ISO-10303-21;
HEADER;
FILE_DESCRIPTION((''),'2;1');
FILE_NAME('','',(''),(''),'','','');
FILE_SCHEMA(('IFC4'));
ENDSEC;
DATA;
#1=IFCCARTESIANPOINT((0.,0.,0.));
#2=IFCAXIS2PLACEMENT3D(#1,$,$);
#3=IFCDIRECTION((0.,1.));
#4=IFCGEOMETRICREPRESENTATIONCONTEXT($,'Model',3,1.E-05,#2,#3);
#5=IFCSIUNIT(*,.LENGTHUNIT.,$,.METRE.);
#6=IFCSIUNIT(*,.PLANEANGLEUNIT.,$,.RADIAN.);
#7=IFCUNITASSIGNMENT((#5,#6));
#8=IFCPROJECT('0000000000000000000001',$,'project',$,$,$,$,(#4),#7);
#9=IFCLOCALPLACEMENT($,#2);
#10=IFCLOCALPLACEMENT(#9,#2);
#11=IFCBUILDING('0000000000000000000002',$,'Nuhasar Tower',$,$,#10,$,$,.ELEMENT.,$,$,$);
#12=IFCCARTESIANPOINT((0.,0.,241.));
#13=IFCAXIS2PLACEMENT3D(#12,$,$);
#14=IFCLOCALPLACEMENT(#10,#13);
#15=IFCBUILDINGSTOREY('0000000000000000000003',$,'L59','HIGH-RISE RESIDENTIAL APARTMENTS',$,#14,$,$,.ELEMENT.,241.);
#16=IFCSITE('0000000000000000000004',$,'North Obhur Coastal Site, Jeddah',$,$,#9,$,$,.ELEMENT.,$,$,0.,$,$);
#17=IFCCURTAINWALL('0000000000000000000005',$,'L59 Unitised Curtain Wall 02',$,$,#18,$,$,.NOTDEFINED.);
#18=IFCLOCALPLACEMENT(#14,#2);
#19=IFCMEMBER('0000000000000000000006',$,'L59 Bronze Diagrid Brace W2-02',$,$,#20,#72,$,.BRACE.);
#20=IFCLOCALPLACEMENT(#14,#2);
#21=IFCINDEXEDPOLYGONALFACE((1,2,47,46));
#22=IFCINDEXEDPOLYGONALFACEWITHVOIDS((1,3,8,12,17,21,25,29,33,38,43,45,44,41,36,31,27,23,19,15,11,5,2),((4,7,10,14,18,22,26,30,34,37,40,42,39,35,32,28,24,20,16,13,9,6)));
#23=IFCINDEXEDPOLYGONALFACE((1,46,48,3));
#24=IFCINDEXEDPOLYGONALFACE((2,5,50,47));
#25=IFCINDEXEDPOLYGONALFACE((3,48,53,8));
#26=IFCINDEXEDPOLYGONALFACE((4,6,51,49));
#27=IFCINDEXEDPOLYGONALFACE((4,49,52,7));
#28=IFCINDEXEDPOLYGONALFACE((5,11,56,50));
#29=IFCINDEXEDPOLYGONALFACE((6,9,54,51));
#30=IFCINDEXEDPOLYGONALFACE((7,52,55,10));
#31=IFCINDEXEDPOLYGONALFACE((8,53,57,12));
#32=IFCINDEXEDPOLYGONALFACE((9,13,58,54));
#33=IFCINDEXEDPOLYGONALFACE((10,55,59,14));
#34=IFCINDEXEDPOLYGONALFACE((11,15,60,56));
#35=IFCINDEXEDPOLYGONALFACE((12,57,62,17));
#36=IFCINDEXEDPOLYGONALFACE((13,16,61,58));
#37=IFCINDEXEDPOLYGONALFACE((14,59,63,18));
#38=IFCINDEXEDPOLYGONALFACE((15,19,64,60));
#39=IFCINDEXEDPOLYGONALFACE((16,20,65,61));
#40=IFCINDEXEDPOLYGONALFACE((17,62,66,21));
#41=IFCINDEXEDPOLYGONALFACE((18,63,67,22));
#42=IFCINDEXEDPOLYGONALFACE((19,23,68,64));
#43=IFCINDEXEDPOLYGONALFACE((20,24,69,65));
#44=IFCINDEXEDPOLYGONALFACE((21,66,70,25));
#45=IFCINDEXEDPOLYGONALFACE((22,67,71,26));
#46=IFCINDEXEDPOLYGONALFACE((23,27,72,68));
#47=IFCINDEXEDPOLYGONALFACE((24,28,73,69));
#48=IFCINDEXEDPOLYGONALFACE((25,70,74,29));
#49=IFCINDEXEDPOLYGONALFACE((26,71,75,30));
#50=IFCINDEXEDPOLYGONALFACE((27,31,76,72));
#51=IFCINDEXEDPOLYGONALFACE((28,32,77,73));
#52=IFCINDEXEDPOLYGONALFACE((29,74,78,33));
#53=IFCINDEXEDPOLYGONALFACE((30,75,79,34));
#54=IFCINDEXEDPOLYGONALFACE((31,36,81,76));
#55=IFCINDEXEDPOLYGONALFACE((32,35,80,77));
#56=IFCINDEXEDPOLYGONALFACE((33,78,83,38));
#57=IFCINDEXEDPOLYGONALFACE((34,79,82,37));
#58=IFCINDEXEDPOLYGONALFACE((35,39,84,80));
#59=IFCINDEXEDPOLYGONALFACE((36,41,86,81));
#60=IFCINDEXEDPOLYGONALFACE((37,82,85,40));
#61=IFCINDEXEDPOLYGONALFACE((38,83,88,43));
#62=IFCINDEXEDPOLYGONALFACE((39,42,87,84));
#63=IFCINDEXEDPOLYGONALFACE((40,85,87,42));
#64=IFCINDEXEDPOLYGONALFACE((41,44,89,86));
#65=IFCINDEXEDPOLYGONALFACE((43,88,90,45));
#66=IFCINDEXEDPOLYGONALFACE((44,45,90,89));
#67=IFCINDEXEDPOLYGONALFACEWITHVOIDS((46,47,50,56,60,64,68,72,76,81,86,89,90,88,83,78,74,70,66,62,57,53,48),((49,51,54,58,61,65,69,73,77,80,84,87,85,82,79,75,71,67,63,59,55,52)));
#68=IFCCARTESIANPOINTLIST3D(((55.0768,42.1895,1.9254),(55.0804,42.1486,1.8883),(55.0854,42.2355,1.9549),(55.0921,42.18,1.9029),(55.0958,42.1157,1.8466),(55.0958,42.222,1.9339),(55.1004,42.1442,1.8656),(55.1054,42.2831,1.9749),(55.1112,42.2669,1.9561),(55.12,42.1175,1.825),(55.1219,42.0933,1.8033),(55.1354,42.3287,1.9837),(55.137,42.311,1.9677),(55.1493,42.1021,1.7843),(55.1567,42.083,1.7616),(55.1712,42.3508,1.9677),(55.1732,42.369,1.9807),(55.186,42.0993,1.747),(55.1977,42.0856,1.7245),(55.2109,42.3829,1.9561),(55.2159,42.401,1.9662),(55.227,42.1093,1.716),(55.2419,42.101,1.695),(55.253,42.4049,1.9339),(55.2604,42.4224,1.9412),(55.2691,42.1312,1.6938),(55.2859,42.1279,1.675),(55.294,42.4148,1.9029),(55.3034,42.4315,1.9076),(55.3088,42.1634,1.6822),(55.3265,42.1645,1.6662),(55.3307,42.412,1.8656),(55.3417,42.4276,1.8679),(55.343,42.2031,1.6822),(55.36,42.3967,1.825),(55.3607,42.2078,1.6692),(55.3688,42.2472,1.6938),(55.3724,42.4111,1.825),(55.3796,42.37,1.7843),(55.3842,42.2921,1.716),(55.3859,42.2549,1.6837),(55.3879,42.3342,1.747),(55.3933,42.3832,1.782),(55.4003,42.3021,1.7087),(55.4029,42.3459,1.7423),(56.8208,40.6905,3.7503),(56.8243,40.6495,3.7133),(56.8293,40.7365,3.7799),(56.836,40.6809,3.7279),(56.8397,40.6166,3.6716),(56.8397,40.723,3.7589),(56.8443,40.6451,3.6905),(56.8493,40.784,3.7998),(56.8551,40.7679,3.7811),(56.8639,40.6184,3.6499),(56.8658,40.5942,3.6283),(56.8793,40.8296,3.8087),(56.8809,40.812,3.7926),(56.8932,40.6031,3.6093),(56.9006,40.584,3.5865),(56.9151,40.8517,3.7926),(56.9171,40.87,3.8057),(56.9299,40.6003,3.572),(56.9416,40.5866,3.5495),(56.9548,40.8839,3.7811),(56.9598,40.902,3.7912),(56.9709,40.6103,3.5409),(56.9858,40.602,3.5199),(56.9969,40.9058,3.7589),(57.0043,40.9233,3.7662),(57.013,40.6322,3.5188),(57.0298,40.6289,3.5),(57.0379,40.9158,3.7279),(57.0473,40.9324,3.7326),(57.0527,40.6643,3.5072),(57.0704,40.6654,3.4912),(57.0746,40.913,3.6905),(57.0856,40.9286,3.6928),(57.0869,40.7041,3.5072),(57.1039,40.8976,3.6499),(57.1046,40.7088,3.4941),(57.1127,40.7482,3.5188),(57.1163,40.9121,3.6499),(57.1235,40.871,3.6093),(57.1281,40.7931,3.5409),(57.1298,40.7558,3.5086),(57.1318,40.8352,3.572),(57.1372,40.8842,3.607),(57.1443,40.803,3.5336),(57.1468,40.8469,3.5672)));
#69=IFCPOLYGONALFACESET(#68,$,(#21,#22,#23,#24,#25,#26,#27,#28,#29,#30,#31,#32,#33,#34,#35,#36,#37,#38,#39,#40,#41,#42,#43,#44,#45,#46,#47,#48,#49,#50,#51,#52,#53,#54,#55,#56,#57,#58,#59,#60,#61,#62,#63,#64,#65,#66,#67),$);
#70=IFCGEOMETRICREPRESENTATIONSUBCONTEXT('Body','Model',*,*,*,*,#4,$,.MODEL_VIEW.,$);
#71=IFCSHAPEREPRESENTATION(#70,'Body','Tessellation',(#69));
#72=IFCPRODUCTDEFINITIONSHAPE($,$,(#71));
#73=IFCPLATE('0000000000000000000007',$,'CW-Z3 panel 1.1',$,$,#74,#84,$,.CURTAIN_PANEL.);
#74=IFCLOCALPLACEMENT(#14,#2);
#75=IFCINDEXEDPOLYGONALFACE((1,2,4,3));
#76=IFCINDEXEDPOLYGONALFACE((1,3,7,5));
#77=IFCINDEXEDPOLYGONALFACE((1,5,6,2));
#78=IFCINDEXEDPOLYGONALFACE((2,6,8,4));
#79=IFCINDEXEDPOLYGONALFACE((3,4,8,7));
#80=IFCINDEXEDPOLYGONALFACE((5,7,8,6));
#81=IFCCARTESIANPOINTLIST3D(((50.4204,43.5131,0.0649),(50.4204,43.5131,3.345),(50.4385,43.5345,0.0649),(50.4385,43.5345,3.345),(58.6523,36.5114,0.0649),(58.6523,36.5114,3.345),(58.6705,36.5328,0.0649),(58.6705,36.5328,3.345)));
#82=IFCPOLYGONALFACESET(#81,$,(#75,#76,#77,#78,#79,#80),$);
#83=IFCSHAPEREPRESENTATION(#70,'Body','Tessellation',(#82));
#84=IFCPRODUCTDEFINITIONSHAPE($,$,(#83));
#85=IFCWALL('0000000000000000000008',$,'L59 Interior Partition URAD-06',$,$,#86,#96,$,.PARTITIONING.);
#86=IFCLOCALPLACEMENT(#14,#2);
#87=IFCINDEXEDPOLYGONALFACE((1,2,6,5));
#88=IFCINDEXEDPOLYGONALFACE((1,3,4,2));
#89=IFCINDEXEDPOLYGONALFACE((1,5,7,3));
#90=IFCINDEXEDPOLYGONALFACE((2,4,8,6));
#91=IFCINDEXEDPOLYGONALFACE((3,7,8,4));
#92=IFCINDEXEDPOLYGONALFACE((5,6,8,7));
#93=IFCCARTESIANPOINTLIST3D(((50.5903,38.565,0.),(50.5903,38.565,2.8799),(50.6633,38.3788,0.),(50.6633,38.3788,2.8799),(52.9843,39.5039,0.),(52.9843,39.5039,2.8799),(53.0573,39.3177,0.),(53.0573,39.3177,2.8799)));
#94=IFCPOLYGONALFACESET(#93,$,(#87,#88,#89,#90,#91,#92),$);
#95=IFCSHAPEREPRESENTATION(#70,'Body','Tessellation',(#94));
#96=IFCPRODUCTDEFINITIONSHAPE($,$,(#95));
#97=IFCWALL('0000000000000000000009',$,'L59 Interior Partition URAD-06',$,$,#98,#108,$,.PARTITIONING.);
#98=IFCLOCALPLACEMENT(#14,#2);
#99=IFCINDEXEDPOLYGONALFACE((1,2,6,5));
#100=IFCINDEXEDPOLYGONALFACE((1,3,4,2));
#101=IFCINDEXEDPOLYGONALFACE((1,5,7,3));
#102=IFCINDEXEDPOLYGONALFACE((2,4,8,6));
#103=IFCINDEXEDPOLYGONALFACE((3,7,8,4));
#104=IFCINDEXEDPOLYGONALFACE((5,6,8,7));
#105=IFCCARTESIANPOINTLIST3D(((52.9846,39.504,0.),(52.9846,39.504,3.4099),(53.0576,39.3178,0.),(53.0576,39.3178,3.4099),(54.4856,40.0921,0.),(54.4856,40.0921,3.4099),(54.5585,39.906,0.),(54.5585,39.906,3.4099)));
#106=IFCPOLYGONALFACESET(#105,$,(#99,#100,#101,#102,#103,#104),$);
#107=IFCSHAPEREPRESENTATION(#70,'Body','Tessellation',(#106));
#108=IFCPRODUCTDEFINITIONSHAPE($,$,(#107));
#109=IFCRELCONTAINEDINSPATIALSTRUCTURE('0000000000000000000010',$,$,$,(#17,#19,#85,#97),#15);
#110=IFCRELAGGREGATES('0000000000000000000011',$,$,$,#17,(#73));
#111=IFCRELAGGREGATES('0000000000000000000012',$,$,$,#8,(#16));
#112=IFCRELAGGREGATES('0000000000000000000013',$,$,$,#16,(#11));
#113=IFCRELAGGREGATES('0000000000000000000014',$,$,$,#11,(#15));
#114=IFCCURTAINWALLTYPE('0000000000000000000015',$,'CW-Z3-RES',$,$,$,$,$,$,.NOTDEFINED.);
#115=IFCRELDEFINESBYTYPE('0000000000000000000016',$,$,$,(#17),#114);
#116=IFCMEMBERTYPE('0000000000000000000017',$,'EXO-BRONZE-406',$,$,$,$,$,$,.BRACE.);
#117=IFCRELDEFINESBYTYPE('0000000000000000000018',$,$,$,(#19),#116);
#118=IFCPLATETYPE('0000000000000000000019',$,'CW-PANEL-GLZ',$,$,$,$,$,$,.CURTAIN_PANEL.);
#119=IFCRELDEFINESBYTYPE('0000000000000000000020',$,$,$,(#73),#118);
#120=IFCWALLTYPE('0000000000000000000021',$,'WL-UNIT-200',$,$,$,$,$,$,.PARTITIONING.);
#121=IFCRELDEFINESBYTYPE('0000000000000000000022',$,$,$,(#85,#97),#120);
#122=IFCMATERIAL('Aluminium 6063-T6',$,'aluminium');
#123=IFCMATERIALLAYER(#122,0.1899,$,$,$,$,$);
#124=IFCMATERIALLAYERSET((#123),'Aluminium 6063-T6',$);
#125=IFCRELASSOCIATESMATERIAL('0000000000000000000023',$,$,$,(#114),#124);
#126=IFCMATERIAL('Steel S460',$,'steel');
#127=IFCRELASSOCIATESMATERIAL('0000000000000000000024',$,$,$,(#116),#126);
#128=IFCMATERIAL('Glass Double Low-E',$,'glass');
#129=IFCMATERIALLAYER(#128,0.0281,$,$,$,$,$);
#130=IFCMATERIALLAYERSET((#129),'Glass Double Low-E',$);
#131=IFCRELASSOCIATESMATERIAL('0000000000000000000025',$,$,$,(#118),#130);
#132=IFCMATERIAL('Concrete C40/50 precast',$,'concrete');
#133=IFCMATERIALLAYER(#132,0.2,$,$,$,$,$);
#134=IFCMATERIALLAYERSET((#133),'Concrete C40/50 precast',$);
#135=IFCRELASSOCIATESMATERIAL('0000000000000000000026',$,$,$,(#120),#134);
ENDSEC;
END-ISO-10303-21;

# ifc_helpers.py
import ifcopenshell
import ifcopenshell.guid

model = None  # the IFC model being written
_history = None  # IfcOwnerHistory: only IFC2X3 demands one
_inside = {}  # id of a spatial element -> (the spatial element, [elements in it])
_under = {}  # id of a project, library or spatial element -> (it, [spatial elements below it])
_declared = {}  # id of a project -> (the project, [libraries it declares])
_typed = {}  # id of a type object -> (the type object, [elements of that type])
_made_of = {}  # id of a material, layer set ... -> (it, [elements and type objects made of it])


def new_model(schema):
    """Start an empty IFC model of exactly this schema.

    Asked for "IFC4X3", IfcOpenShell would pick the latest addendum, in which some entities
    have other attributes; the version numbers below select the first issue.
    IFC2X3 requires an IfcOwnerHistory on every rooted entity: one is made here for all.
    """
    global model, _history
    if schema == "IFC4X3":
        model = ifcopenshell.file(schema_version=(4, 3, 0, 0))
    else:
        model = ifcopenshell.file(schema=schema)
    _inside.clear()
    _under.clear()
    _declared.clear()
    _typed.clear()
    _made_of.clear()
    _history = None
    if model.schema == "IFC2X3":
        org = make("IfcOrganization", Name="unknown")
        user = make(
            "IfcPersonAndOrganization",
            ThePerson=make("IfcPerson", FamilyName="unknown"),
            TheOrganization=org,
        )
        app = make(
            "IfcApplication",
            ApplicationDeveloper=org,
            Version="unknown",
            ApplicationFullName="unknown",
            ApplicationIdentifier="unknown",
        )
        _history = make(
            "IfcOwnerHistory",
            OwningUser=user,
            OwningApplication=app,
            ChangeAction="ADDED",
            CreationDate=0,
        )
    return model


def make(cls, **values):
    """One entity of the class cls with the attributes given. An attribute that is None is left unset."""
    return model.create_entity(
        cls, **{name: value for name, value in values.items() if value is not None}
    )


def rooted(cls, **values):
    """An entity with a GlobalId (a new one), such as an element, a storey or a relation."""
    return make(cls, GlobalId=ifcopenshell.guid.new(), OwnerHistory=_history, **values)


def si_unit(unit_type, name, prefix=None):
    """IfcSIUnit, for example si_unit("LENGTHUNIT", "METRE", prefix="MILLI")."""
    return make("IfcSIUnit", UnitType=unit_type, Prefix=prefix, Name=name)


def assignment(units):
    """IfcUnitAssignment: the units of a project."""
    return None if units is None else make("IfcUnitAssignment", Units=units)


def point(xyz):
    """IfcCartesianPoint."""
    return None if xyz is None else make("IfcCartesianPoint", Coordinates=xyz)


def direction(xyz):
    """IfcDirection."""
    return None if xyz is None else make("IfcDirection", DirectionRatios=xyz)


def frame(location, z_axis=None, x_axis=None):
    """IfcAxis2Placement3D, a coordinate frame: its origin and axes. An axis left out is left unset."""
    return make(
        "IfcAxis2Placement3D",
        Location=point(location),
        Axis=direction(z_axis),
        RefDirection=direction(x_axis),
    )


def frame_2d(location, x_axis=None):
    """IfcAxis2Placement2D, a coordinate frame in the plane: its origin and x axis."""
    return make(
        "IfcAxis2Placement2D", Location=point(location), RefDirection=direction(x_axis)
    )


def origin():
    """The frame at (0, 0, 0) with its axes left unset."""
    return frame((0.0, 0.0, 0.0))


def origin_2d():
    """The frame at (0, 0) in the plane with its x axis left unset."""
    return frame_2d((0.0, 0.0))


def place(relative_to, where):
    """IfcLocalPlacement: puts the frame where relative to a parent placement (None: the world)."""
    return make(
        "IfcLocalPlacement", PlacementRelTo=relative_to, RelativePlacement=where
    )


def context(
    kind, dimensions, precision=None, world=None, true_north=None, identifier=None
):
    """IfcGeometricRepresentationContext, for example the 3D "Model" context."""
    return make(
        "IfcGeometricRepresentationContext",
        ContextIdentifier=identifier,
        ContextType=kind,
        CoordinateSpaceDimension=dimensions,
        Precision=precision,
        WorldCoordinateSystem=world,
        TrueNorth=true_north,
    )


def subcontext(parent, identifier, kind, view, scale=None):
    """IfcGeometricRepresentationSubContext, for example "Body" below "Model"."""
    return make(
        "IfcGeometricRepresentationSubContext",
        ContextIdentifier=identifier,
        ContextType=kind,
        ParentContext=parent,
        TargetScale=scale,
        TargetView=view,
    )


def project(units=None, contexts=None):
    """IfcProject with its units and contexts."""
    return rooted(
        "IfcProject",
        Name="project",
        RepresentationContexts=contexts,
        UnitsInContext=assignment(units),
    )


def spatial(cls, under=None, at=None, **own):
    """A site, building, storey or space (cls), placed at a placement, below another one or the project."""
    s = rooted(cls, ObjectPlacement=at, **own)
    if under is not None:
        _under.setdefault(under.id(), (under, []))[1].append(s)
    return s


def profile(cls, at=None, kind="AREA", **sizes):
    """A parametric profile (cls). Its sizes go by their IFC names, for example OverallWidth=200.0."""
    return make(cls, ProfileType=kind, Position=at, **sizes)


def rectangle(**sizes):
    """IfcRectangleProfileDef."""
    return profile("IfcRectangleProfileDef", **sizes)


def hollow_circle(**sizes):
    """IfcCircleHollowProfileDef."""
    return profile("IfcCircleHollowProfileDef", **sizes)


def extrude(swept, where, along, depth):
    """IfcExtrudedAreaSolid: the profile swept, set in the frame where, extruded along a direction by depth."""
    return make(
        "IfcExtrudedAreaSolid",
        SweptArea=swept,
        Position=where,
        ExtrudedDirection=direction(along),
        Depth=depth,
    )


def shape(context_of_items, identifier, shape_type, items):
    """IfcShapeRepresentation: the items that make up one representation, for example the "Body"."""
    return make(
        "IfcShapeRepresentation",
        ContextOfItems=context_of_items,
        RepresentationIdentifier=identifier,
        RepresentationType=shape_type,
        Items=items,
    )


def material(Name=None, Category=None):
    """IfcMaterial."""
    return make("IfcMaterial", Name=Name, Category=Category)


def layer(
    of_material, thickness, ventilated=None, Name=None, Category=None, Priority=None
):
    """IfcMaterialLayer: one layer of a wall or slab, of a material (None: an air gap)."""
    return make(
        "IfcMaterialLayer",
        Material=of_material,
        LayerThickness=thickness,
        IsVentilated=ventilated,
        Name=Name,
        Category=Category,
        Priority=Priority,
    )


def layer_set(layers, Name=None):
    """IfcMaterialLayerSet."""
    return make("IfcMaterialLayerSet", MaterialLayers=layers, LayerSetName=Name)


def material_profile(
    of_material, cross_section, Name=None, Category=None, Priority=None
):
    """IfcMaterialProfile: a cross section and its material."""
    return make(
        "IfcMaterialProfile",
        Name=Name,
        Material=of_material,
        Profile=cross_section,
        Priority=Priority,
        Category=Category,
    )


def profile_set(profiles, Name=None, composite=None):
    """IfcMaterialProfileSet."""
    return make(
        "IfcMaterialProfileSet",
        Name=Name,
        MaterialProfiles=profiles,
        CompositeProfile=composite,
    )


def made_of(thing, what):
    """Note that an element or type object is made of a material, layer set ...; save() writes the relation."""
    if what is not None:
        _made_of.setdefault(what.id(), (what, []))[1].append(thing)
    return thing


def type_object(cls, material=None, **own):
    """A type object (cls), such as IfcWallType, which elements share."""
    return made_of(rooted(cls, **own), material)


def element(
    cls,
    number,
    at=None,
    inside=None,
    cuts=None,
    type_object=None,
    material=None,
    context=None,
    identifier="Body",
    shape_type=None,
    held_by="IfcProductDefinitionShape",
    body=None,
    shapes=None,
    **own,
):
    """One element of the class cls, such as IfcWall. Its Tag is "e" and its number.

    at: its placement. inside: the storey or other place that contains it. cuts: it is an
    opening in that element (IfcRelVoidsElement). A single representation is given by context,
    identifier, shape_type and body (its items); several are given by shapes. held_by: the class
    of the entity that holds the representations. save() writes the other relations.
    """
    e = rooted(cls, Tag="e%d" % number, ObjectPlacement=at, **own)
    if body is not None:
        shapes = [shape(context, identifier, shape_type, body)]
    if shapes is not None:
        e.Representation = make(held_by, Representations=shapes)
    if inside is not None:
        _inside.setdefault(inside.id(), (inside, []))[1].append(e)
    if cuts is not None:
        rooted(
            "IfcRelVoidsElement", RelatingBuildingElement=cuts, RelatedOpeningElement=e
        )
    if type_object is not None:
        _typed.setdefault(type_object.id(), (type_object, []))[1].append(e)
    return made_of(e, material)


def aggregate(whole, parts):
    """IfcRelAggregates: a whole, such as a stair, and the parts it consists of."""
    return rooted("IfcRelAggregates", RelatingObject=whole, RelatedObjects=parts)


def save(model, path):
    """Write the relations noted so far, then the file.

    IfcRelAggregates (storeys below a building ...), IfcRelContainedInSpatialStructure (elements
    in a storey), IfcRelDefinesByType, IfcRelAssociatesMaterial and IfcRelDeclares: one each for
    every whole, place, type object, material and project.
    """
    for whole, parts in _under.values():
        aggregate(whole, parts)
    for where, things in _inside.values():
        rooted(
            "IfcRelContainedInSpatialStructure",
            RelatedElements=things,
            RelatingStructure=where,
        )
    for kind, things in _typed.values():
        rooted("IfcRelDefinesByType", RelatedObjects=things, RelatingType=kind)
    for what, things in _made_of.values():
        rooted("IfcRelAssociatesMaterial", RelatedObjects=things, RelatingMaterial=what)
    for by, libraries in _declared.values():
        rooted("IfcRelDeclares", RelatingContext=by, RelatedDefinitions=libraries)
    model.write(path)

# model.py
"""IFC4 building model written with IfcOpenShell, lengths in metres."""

from ifc_helpers import new_model, si_unit, direction, frame, frame_2d, origin, origin_2d, place, context, subcontext, project, spatial, rectangle, hollow_circle, extrude, material, layer, layer_set, material_profile, profile_set, type_object, element, aggregate, save


model = new_model("IFC4")

# Units and contexts
model_context = context("Model", 3, precision=1e-05, world=origin(), true_north=direction((0.0, 1.0)))
body_context = subcontext(model_context, "Body", "Model", "MODEL_VIEW")
ifc_project = project(units=[si_unit("LENGTHUNIT", "METRE"), si_unit("PLANEANGLEUNIT", "RADIAN")], contexts=[model_context])

# Site, building, storey
site_placement = place(None, origin())
site = spatial("IfcSite", under=ifc_project, at=site_placement, Name="North Obhur Coastal Site, Jeddah", CompositionType="ELEMENT", RefElevation=0.0)
building_placement = place(site_placement, origin())
building = spatial("IfcBuilding", under=site, at=building_placement, Name="Nuhasar Tower", CompositionType="ELEMENT")
storey_placement = place(building_placement, frame((0.0, 0.0, 241.0)))
storey = spatial("IfcBuildingStorey", under=building, at=storey_placement, Name="L59", Description="HIGH-RISE RESIDENTIAL APARTMENTS", CompositionType="ELEMENT", Elevation=241.0)

# Shared definitions
ifc_material_1 = material(Name="Aluminium 6063-T6", Category="aluminium")
ifc_layer_1 = layer(ifc_material_1, 0.1899)
ifc_layer_set_1 = layer_set([ifc_layer_1], Name="Aluminium 6063-T6")
curtain_wall_type = type_object("IfcCurtainWallType", Name="CW-Z3-RES", PredefinedType="NOTDEFINED", material=ifc_layer_set_1)

# Curtain wall
curtain_wall_1_placement = place(storey_placement, origin())
curtain_wall_1 = element("IfcCurtainWall", 1, at=curtain_wall_1_placement, inside=storey, type_object=curtain_wall_type, Name="L59 Unitised Curtain Wall 02", PredefinedType="NOTDEFINED")

# Member
ifc_material_2 = material(Name="Steel S460", Category="steel")
ifc_material_profile_1 = material_profile(ifc_material_2, hollow_circle(Radius=0.2031, WallThickness=0.019, at=origin_2d()), Name="HSS406.4X19.1")
ifc_profile_set_1 = profile_set([ifc_material_profile_1], Name="Steel S460")
member_type_1 = type_object("IfcMemberType", Name="EXO-BRONZE-406", PredefinedType="BRACE", material=ifc_profile_set_1)
for number, where, z_axis, x_axis, name in (
    (2, (55.24, 42.2571, 1.825), (0.594019, -0.510608, 0.621628), (0.651857, 0.758342, 0.0), "L59 Bronze Diagrid Brace W2-02"),
):
    element("IfcMember", number, at=place(storey_placement, frame(where, z_axis=z_axis, x_axis=x_axis)), inside=storey, type_object=member_type_1, Name=name, PredefinedType="BRACE", context=body_context, shape_type="SweptSolid", body=[
        extrude(hollow_circle(Radius=0.2031, WallThickness=0.019, at=origin_2d()), origin(), (0.0, 0.0, 1.0), 2.9358),
    ])

# Plate
ifc_material_3 = material(Name="Glass Double Low-E", Category="glass")
ifc_layer_2 = layer(ifc_material_3, 0.0281)
ifc_layer_set_2 = layer_set([ifc_layer_2], Name="Glass Double Low-E")
plate_type = type_object("IfcPlateType", Name="CW-PANEL-GLZ", PredefinedType="CURTAIN_PANEL", material=ifc_layer_set_2)
plate_placement = place(storey_placement, frame((54.5454, 40.0229, 0.0649), z_axis=(0.0, 0.0, 1.0), x_axis=(-0.761729, 0.647895, 0.0)))
plate = element("IfcPlate", 3, at=plate_placement, type_object=plate_type, Name="CW-Z3 panel 1.1", PredefinedType="CURTAIN_PANEL", context=body_context, shape_type="SweptSolid", body=[
    extrude(rectangle(XDim=10.8069, YDim=0.0281, at=origin_2d()), origin(), (0.0, 0.0, 1.0), 3.28),
])
aggregate(curtain_wall_1, [plate])

# Walls
ifc_material_4 = material(Name="Concrete C40/50 precast", Category="concrete")
ifc_layer_3 = layer(ifc_material_4, 0.2)
ifc_layer_set_3 = layer_set([ifc_layer_3], Name="Concrete C40/50 precast")
wall_type = type_object("IfcWallType", Name="WL-UNIT-200", PredefinedType="PARTITIONING", material=ifc_layer_set_3)
wall_1_placement = place(storey_placement, frame((50.627, 38.4719, 0.0), z_axis=(0.0, 0.0, 1.0), x_axis=(0.930957, 0.365129, 0.0)))
element("IfcWall", 4, at=wall_1_placement, inside=storey, type_object=wall_type, Name="L59 Interior Partition URAD-06", PredefinedType="PARTITIONING", context=body_context, shape_type="SweptSolid", body=[
    extrude(rectangle(XDim=2.5715, YDim=0.2, at=frame_2d((1.2856, 0.0))), origin(), (0.0, 0.0, 1.0), 2.8799),
])
wall_2_placement = place(storey_placement, frame((53.021, 39.4109, 0.0), z_axis=(0.0, 0.0, 1.0), x_axis=(0.931075, 0.364828, 0.0)))
element("IfcWall", 5, at=wall_2_placement, inside=storey, type_object=wall_type, Name="L59 Interior Partition URAD-06", PredefinedType="PARTITIONING", context=body_context, shape_type="SweptSolid", body=[
    extrude(rectangle(XDim=1.6121, YDim=0.2, at=frame_2d((0.8062, 0.0))), origin(), (0.0, 0.0, 1.0), 3.4099),
])

save(model, "model.ifc")
